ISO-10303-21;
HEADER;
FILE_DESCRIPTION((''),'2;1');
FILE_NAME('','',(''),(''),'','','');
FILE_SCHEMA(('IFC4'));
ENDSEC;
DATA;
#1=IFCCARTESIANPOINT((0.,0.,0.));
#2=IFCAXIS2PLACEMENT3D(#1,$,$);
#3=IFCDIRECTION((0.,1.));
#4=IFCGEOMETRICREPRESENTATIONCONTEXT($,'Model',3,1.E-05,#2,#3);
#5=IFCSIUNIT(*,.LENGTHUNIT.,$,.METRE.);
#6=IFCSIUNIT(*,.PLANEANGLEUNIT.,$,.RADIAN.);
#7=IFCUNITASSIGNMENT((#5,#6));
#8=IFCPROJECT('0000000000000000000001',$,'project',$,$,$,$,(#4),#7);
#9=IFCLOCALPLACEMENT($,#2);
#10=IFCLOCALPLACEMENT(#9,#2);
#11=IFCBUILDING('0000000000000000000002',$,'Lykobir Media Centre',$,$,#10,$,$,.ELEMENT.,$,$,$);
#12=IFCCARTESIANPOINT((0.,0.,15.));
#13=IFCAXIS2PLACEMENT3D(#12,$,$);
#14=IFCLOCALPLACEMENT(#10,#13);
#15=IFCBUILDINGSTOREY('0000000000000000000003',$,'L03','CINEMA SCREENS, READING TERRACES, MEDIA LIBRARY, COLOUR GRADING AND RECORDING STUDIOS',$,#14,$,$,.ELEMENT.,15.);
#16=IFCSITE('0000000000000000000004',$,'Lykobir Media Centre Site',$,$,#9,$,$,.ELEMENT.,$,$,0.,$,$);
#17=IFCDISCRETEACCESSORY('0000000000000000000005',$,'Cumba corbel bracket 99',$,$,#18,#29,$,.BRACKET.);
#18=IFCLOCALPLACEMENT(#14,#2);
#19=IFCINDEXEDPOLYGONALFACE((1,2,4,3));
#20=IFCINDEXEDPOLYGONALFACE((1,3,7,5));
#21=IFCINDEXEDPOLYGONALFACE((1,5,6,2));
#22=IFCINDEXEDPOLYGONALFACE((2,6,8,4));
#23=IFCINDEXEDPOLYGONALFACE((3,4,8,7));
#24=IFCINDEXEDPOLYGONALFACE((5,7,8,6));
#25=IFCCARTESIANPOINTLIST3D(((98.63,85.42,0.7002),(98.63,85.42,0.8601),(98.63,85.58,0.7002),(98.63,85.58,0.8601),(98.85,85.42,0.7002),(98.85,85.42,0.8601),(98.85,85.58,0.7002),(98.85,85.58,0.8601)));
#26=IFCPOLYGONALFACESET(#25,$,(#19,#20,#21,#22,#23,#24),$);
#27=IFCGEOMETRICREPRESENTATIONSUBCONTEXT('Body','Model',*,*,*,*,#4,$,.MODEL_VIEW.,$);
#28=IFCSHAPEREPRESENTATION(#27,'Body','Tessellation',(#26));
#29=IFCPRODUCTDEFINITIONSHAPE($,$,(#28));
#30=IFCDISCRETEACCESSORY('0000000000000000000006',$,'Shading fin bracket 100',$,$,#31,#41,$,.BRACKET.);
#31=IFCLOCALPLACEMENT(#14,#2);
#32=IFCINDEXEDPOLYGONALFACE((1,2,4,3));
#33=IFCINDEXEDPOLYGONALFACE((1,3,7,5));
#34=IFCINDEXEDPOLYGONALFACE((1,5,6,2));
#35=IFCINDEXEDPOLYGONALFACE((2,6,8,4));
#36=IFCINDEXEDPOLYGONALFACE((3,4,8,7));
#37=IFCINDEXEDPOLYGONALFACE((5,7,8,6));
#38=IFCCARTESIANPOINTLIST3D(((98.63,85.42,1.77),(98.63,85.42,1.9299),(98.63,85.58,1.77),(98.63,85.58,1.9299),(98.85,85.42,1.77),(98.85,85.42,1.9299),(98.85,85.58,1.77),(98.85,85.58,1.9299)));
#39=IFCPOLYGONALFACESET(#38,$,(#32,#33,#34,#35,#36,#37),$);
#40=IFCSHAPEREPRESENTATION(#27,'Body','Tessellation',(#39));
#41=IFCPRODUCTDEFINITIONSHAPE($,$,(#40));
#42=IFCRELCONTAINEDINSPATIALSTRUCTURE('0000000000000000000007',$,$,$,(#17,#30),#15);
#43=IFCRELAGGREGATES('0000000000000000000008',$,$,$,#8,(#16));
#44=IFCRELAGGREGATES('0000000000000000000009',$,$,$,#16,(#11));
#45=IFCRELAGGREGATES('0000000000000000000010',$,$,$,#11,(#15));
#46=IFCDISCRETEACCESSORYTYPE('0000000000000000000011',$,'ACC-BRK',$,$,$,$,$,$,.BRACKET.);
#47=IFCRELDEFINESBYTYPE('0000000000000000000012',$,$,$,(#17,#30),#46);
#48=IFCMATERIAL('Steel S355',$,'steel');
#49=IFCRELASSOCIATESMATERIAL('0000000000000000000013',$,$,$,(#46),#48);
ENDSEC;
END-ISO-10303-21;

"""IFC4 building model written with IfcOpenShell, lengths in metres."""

from ifc_helpers import new_model, si_unit, direction, frame, origin, origin_2d, place, context, subcontext, project, spatial, rectangle, extrude, material, type_object, element, save


model = new_model("IFC4")

# Units and contexts
model_context = context("Model", 3, precision=1e-05, world=origin(), true_north=direction((0.0, 1.0)))
body_context = subcontext(model_context, "Body", "Model", "MODEL_VIEW")
ifc_project = project(units=[si_unit("LENGTHUNIT", "METRE"), si_unit("PLANEANGLEUNIT", "RADIAN")], contexts=[model_context])

# Site, building, storey
site_placement = place(None, origin())
site = spatial("IfcSite", under=ifc_project, at=site_placement, Name="Lykobir Media Centre Site", CompositionType="ELEMENT", RefElevation=0.0)
building_placement = place(site_placement, origin())
building = spatial("IfcBuilding", under=site, at=building_placement, Name="Lykobir Media Centre", CompositionType="ELEMENT")
storey_placement = place(building_placement, frame((0.0, 0.0, 15.0)))
storey = spatial("IfcBuildingStorey", under=building, at=storey_placement, Name="L03", Description="CINEMA SCREENS, READING TERRACES, MEDIA LIBRARY, COLOUR GRADING AND RECORDING STUDIOS", CompositionType="ELEMENT", Elevation=15.0)

# Shared definitions
ifc_material_1 = material(Name="Steel S355", Category="steel")

# Discrete accessories
discrete_accessory_type = type_object("IfcDiscreteAccessoryType", Name="ACC-BRK", PredefinedType="BRACKET", material=ifc_material_1)
for number, where, z_axis, x_axis, name in (
    (1, (98.74, 85.5, 0.7002), (0.0, 0.0, 1.0), (0.0, -1.0, 0.0), "Cumba corbel bracket 99"),
    (2, (98.74, 85.5, 1.77), (0.0, 0.0, 1.0), (0.0, -1.0, 0.0), "Shading fin bracket 100"),
):
    element("IfcDiscreteAccessory", number, at=place(storey_placement, frame(where, z_axis=z_axis, x_axis=x_axis)), inside=storey, type_object=discrete_accessory_type, Name=name, PredefinedType="BRACKET", context=body_context, shape_type="SweptSolid", body=[
        extrude(rectangle(XDim=0.1599, YDim=0.22, at=origin_2d()), origin(), (0.0, 0.0, 1.0), 0.1599),
    ])

save(model, "model.ifc")
